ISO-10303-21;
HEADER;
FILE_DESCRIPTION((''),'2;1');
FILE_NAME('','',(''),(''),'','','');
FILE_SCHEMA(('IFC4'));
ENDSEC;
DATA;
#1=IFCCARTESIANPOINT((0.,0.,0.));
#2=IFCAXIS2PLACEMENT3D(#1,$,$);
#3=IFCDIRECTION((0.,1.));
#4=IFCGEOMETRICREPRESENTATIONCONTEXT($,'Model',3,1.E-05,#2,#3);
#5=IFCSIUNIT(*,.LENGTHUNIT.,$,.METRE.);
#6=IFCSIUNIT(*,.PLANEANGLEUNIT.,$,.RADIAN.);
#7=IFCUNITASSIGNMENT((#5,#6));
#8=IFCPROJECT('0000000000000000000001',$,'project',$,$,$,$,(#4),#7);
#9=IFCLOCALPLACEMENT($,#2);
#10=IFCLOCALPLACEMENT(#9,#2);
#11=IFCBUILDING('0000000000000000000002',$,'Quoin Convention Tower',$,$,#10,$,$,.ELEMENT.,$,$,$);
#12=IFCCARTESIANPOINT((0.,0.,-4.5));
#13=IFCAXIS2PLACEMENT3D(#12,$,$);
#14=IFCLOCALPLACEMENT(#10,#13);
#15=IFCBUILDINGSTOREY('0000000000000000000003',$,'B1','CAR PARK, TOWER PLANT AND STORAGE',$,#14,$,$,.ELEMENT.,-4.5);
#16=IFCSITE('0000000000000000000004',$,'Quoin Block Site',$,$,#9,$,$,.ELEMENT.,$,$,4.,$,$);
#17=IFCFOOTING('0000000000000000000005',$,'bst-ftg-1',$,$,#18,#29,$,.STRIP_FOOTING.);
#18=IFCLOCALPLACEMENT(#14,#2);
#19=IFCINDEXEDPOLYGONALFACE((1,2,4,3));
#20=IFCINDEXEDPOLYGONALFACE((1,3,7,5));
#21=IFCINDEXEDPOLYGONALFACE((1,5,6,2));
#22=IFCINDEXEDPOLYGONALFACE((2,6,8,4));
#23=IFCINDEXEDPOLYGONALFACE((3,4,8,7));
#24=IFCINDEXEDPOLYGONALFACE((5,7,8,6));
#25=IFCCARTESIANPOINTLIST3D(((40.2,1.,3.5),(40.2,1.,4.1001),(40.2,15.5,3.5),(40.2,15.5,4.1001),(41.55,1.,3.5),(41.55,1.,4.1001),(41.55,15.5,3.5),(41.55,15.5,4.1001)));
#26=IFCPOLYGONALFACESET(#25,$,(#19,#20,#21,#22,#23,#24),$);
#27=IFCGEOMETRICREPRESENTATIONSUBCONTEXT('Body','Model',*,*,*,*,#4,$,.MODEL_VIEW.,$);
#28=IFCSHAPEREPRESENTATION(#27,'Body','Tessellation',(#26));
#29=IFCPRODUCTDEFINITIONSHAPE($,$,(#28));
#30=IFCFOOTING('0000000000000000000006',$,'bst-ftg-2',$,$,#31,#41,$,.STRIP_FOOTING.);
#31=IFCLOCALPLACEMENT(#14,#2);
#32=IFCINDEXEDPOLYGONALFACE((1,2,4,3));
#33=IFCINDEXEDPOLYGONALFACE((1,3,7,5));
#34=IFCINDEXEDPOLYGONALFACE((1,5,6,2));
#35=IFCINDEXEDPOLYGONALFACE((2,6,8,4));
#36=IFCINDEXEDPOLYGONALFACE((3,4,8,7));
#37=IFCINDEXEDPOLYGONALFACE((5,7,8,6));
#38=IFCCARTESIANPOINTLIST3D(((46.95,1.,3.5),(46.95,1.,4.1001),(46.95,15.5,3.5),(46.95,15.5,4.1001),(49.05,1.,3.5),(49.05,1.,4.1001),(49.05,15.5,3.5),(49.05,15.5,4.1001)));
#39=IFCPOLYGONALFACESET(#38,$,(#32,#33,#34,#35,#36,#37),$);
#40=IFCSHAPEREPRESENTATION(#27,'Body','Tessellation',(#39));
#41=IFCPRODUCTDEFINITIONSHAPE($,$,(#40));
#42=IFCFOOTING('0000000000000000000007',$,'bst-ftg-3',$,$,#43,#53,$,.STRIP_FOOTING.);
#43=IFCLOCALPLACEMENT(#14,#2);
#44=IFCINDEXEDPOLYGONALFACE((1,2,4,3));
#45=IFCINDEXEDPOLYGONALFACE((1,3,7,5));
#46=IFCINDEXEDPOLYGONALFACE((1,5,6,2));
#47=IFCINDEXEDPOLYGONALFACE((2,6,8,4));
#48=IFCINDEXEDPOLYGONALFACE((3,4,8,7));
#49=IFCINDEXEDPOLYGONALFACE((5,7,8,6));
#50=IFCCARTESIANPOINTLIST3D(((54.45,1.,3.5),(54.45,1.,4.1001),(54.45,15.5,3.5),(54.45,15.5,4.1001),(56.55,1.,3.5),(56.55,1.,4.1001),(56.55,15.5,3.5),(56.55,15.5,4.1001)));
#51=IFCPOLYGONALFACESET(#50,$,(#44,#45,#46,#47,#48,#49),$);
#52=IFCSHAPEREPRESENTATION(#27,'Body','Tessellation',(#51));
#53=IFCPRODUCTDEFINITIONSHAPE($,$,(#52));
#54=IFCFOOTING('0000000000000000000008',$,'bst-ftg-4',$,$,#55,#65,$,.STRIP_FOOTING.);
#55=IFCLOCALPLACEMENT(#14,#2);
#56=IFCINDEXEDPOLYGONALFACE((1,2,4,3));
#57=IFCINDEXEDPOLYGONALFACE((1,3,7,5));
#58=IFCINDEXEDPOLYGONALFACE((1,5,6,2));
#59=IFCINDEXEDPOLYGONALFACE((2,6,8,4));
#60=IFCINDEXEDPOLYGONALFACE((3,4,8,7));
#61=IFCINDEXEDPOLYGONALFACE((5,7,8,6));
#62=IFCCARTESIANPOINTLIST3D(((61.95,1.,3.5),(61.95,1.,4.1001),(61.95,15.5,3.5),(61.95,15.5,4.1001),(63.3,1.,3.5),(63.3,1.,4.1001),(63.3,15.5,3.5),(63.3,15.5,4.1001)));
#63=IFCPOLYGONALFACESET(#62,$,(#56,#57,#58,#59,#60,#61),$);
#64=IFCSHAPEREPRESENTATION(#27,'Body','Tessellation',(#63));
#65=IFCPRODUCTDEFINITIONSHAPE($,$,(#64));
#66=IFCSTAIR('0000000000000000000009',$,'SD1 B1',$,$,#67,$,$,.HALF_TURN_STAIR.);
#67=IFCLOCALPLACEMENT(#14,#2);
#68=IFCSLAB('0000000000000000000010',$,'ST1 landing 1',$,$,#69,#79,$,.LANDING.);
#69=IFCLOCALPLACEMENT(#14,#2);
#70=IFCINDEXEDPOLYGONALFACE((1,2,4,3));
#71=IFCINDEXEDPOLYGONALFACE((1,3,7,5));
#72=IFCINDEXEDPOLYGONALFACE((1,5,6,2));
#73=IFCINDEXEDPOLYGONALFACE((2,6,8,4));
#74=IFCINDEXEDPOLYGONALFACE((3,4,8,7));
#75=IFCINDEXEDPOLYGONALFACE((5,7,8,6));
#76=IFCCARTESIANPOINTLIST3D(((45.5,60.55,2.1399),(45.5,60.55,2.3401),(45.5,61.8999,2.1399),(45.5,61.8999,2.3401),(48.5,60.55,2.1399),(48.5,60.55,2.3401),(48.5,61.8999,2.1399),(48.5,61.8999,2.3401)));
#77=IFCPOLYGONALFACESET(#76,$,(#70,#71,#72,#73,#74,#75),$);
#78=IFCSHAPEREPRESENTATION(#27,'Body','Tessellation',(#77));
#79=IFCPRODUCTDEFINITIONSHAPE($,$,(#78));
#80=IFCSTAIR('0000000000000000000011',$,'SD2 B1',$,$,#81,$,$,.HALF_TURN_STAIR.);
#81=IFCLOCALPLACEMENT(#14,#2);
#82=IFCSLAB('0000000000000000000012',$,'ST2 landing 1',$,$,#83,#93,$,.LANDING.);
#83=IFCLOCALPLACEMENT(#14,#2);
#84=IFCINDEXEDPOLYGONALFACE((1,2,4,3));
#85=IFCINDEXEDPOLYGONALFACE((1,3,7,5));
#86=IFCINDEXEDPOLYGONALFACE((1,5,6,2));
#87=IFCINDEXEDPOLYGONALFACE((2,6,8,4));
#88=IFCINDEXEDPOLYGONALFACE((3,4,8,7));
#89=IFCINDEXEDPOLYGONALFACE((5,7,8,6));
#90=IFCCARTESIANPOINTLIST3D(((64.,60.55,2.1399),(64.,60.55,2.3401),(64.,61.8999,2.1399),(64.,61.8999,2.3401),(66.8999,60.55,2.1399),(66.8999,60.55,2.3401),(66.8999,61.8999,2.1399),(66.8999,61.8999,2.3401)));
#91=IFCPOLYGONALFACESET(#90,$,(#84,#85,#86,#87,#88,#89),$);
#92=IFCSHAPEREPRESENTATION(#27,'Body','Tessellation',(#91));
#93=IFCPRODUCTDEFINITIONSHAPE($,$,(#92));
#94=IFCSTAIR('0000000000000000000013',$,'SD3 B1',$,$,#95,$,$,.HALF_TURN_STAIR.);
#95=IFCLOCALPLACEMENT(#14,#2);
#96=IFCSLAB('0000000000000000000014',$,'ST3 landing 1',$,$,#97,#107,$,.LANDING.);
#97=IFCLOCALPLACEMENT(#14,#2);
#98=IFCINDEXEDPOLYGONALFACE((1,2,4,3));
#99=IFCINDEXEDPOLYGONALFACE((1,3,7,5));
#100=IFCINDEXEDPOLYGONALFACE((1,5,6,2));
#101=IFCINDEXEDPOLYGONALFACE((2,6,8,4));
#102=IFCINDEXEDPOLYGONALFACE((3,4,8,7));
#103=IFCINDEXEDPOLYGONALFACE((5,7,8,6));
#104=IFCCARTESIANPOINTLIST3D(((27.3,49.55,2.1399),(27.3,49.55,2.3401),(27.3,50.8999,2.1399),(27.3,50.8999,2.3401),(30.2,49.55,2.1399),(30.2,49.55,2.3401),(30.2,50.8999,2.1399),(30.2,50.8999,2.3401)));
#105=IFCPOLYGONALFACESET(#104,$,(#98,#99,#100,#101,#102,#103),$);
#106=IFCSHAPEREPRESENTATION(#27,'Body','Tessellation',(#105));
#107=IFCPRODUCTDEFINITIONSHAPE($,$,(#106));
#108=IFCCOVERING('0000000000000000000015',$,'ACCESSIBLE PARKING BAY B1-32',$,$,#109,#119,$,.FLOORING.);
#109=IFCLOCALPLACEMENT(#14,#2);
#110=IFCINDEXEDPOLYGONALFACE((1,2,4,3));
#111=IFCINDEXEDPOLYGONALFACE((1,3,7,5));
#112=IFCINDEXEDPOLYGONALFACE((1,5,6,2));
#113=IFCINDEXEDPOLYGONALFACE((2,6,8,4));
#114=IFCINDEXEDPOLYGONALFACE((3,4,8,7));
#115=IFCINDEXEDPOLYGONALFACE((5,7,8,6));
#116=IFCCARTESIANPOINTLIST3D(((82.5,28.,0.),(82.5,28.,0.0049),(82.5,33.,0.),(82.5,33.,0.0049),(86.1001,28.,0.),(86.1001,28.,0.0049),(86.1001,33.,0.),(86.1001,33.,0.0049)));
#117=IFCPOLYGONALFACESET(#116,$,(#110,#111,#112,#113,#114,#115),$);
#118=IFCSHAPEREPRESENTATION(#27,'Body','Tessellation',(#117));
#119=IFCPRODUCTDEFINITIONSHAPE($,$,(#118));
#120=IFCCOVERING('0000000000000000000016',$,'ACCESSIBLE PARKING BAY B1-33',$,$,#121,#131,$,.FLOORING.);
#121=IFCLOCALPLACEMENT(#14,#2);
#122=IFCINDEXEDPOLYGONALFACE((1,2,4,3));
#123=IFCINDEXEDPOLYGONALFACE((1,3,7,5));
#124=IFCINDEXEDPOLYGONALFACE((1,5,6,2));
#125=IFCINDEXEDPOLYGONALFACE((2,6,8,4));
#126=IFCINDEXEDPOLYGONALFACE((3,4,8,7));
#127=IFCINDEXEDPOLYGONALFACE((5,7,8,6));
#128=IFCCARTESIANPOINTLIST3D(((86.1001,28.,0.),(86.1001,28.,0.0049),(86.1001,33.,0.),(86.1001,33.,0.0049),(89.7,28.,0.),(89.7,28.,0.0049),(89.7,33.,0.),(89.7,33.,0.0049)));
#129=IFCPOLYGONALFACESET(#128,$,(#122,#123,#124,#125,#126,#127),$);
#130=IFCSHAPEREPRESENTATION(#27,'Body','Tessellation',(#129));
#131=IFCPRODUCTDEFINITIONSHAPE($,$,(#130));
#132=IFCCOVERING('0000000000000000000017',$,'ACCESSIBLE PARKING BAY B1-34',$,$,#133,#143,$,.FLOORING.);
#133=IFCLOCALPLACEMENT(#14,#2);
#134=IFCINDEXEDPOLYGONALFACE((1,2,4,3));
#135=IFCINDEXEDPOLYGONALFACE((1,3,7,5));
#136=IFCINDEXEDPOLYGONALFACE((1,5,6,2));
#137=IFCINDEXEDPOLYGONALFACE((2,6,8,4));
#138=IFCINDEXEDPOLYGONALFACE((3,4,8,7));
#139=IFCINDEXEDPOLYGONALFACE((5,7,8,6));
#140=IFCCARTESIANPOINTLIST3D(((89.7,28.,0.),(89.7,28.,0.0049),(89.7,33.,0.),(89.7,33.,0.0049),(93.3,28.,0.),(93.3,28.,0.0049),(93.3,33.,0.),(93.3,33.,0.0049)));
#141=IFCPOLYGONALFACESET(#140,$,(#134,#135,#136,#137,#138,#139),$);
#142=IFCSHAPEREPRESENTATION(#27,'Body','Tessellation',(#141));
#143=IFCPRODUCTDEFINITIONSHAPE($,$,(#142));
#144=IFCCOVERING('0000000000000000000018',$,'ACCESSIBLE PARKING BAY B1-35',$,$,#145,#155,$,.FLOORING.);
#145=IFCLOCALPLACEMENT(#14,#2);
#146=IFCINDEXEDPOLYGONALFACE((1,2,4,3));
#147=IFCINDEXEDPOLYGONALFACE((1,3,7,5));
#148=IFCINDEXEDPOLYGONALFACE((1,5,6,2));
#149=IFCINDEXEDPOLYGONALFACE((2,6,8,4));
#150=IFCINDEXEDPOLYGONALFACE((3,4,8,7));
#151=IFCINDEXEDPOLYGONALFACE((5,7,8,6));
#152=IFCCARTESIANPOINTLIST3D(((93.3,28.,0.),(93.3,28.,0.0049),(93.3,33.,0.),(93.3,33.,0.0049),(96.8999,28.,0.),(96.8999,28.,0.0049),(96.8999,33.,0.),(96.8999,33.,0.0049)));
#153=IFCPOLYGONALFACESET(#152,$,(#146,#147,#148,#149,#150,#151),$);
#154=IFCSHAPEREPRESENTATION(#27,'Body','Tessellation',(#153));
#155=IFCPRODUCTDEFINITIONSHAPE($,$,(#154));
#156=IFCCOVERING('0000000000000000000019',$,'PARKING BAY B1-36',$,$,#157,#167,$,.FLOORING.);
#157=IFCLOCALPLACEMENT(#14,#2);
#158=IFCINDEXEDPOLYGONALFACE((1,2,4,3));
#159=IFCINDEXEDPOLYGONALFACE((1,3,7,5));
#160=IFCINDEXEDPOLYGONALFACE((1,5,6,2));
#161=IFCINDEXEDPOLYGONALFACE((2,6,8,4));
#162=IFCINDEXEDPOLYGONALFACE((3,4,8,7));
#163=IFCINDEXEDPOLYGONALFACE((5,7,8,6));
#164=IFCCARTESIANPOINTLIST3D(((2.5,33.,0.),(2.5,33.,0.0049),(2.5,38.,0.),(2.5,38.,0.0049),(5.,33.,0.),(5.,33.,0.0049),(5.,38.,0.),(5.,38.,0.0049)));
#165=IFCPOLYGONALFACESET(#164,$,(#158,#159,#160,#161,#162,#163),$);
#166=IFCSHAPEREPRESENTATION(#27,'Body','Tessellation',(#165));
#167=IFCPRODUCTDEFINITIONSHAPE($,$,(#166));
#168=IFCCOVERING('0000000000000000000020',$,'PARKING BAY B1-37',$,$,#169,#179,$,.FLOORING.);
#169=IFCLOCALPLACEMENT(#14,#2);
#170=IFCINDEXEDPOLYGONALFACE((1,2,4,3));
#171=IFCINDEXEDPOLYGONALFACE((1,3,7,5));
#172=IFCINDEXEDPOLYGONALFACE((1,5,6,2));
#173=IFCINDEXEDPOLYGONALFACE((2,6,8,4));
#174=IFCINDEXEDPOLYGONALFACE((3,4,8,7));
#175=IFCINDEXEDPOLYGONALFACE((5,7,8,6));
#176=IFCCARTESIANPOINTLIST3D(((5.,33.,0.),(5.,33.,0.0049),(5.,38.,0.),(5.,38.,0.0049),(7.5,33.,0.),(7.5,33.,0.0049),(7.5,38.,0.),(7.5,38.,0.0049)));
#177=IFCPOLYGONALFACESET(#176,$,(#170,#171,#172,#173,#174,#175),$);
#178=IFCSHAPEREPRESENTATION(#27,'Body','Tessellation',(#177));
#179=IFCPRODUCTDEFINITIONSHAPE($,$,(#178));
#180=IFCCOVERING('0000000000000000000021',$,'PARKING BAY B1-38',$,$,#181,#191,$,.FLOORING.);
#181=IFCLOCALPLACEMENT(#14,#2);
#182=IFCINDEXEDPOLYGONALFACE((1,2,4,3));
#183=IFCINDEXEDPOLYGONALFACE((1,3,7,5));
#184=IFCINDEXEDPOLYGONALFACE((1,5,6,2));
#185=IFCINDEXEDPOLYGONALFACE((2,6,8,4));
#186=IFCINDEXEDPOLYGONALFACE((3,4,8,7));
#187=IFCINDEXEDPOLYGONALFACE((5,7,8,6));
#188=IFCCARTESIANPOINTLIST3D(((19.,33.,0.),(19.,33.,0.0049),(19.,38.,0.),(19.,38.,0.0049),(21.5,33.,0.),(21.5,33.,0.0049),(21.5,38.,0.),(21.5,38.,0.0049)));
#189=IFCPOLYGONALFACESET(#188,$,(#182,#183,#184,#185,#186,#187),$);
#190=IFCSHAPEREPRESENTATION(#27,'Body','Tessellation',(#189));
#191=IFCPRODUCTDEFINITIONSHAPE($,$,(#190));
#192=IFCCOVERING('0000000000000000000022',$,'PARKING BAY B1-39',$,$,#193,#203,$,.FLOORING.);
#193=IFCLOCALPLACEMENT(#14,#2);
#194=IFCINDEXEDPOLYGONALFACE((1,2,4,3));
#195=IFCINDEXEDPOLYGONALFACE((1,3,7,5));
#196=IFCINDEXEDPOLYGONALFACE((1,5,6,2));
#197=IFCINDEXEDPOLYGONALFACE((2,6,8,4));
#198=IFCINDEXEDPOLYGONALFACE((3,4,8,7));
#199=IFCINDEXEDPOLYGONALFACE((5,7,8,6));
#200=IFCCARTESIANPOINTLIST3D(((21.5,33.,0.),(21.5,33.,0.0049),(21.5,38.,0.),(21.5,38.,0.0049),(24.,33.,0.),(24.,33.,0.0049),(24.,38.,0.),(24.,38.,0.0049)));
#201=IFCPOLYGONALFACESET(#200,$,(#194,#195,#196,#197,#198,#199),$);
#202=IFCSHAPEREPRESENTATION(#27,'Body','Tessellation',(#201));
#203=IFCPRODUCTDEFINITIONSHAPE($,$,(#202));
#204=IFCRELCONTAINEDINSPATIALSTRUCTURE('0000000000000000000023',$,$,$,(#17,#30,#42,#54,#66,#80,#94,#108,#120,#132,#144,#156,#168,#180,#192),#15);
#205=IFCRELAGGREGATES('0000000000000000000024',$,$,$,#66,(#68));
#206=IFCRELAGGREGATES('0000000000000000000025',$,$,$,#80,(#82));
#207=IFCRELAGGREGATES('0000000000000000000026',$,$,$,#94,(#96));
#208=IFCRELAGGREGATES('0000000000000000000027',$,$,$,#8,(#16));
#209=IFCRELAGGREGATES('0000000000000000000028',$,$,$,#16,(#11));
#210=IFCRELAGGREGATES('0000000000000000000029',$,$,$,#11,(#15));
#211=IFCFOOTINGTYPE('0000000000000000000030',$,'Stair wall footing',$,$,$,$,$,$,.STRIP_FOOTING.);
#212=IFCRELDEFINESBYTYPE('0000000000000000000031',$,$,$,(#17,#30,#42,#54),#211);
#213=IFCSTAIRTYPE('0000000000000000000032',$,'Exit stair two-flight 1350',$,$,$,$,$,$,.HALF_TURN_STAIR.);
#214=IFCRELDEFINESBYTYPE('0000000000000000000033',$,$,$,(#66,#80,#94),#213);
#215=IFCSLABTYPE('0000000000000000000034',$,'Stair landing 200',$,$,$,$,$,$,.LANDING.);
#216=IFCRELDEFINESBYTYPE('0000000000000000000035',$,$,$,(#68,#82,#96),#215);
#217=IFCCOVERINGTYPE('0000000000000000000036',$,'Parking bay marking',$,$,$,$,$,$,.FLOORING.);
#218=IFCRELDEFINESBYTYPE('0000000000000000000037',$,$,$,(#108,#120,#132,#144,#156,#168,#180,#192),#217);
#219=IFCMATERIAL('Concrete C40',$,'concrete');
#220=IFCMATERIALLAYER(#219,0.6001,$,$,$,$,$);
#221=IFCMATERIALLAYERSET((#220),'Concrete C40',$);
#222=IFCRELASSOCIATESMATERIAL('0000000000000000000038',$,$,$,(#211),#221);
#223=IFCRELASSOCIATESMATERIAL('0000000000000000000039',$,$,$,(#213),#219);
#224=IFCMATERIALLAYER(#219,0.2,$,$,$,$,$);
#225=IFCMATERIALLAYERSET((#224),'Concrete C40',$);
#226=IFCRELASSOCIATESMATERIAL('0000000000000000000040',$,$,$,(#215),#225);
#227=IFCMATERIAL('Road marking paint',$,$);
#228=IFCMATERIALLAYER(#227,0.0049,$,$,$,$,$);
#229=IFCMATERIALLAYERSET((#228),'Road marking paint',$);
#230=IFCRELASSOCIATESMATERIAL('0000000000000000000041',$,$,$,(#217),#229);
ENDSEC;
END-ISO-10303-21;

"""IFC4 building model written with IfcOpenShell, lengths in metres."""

from ifc_helpers import new_model, si_unit, direction, frame, origin, place, context, subcontext, project, spatial, polyline, outline, extrude, material, layer, layer_set, type_object, element, aggregate, save


model = new_model("IFC4")

# Units and contexts
model_context = context("Model", 3, precision=1e-05, world=origin(), true_north=direction((0.0, 1.0)))
body_context = subcontext(model_context, "Body", "Model", "MODEL_VIEW")
ifc_project = project(units=[si_unit("LENGTHUNIT", "METRE"), si_unit("PLANEANGLEUNIT", "RADIAN")], contexts=[model_context])

# Site, building, storey
site_placement = place(None, origin())
site = spatial("IfcSite", under=ifc_project, at=site_placement, Name="Quoin Block Site", CompositionType="ELEMENT", RefElevation=4.0)
building_placement = place(site_placement, origin())
building = spatial("IfcBuilding", under=site, at=building_placement, Name="Quoin Convention Tower", CompositionType="ELEMENT")
storey_placement = place(building_placement, frame((0.0, 0.0, -4.5)))
storey = spatial("IfcBuildingStorey", under=building, at=storey_placement, Name="B1", Description="CAR PARK, TOWER PLANT AND STORAGE", CompositionType="ELEMENT", Elevation=-4.5)

# Footings
ifc_material_1 = material(Name="Concrete C40", Category="concrete")
ifc_layer_1 = layer(ifc_material_1, 0.6001)
ifc_layer_set_1 = layer_set([ifc_layer_1], Name="Concrete C40")
footing_type = type_object("IfcFootingType", Name="Stair wall footing", PredefinedType="STRIP_FOOTING", material=ifc_layer_set_1)
footing_1_placement = place(storey_placement, frame((0.0, 0.0, 3.5)))
element("IfcFooting", 1, at=footing_1_placement, inside=storey, type_object=footing_type, Name="bst-ftg-1", PredefinedType="STRIP_FOOTING", context=body_context, shape_type="SweptSolid", body=[
    extrude(outline(polyline([(40.2, 1.0), (41.55, 1.0), (41.55, 15.5), (40.2, 15.5), (40.2, 1.0)])), origin(), (0.0, 0.0, 1.0), 0.6001),
])
footing_2_placement = place(storey_placement, frame((0.0, 0.0, 3.5)))
element("IfcFooting", 2, at=footing_2_placement, inside=storey, type_object=footing_type, Name="bst-ftg-2", PredefinedType="STRIP_FOOTING", context=body_context, shape_type="SweptSolid", body=[
    extrude(outline(polyline([(46.95, 1.0), (49.05, 1.0), (49.05, 15.5), (46.95, 15.5), (46.95, 1.0)])), origin(), (0.0, 0.0, 1.0), 0.6001),
])
footing_3_placement = place(storey_placement, frame((0.0, 0.0, 3.5)))
element("IfcFooting", 3, at=footing_3_placement, inside=storey, type_object=footing_type, Name="bst-ftg-3", PredefinedType="STRIP_FOOTING", context=body_context, shape_type="SweptSolid", body=[
    extrude(outline(polyline([(54.45, 1.0), (56.55, 1.0), (56.55, 15.5), (54.45, 15.5), (54.45, 1.0)])), origin(), (0.0, 0.0, 1.0), 0.6001),
])
footing_4_placement = place(storey_placement, frame((0.0, 0.0, 3.5)))
element("IfcFooting", 4, at=footing_4_placement, inside=storey, type_object=footing_type, Name="bst-ftg-4", PredefinedType="STRIP_FOOTING", context=body_context, shape_type="SweptSolid", body=[
    extrude(outline(polyline([(61.95, 1.0), (63.3, 1.0), (63.3, 15.5), (61.95, 15.5), (61.95, 1.0)])), origin(), (0.0, 0.0, 1.0), 0.6001),
])

# Stairs, slabs
stair_type = type_object("IfcStairType", Name="Exit stair two-flight 1350", PredefinedType="HALF_TURN_STAIR", material=ifc_material_1)
stair_1_placement = place(storey_placement, origin())
stair_1 = element("IfcStair", 5, at=stair_1_placement, inside=storey, type_object=stair_type, Name="SD1 B1", PredefinedType="HALF_TURN_STAIR")
ifc_layer_2 = layer(ifc_material_1, 0.2)
ifc_layer_set_2 = layer_set([ifc_layer_2], Name="Concrete C40")
slab_type = type_object("IfcSlabType", Name="Stair landing 200", PredefinedType="LANDING", material=ifc_layer_set_2)
slab_1_placement = place(storey_placement, frame((0.0, 0.0, 2.1399)))
slab_1 = element("IfcSlab", 6, at=slab_1_placement, type_object=slab_type, Name="ST1 landing 1", PredefinedType="LANDING", context=body_context, shape_type="SweptSolid", body=[
    extrude(outline(polyline([(45.5, 60.55), (48.5, 60.55), (48.5, 61.8999), (45.5, 61.8999), (45.5, 60.55)])), origin(), (0.0, 0.0, 1.0), 0.2002),
])
aggregate(stair_1, [slab_1])
stair_2_placement = place(storey_placement, origin())
stair_2 = element("IfcStair", 7, at=stair_2_placement, inside=storey, type_object=stair_type, Name="SD2 B1", PredefinedType="HALF_TURN_STAIR")
slab_2_placement = place(storey_placement, frame((0.0, 0.0, 2.1399)))
slab_2 = element("IfcSlab", 8, at=slab_2_placement, type_object=slab_type, Name="ST2 landing 1", PredefinedType="LANDING", context=body_context, shape_type="SweptSolid", body=[
    extrude(outline(polyline([(64.0, 60.55), (66.8999, 60.55), (66.8999, 61.8999), (64.0, 61.8999), (64.0, 60.55)])), origin(), (0.0, 0.0, 1.0), 0.2002),
])
aggregate(stair_2, [slab_2])
stair_3_placement = place(storey_placement, origin())
stair_3 = element("IfcStair", 9, at=stair_3_placement, inside=storey, type_object=stair_type, Name="SD3 B1", PredefinedType="HALF_TURN_STAIR")
slab_3_placement = place(storey_placement, frame((0.0, 0.0, 2.1399)))
slab_3 = element("IfcSlab", 10, at=slab_3_placement, type_object=slab_type, Name="ST3 landing 1", PredefinedType="LANDING", context=body_context, shape_type="SweptSolid", body=[
    extrude(outline(polyline([(27.3, 49.55), (30.2, 49.55), (30.2, 50.8999), (27.3, 50.8999), (27.3, 49.55)])), origin(), (0.0, 0.0, 1.0), 0.2002),
])
aggregate(stair_3, [slab_3])

# Coverings
ifc_material_2 = material(Name="Road marking paint")
ifc_layer_3 = layer(ifc_material_2, 0.0049)
ifc_layer_set_3 = layer_set([ifc_layer_3], Name="Road marking paint")
covering_type = type_object("IfcCoveringType", Name="Parking bay marking", PredefinedType="FLOORING", material=ifc_layer_set_3)
covering_1_placement = place(storey_placement, origin())
element("IfcCovering", 11, at=covering_1_placement, inside=storey, type_object=covering_type, Name="ACCESSIBLE PARKING BAY B1-32", PredefinedType="FLOORING", context=body_context, shape_type="SweptSolid", body=[
    extrude(outline(polyline([(82.5, 28.0), (86.1001, 28.0), (86.1001, 33.0), (82.5, 33.0), (82.5, 28.0)])), origin(), (0.0, 0.0, 1.0), 0.0049),
])
covering_2_placement = place(storey_placement, origin())
element("IfcCovering", 12, at=covering_2_placement, inside=storey, type_object=covering_type, Name="ACCESSIBLE PARKING BAY B1-33", PredefinedType="FLOORING", context=body_context, shape_type="SweptSolid", body=[
    extrude(outline(polyline([(86.1001, 28.0), (89.7, 28.0), (89.7, 33.0), (86.1001, 33.0), (86.1001, 28.0)])), origin(), (0.0, 0.0, 1.0), 0.0049),
])
covering_3_placement = place(storey_placement, origin())
element("IfcCovering", 13, at=covering_3_placement, inside=storey, type_object=covering_type, Name="ACCESSIBLE PARKING BAY B1-34", PredefinedType="FLOORING", context=body_context, shape_type="SweptSolid", body=[
    extrude(outline(polyline([(89.7, 28.0), (93.3, 28.0), (93.3, 33.0), (89.7, 33.0), (89.7, 28.0)])), origin(), (0.0, 0.0, 1.0), 0.0049),
])
covering_4_placement = place(storey_placement, origin())
element("IfcCovering", 14, at=covering_4_placement, inside=storey, type_object=covering_type, Name="ACCESSIBLE PARKING BAY B1-35", PredefinedType="FLOORING", context=body_context, shape_type="SweptSolid", body=[
    extrude(outline(polyline([(93.3, 28.0), (96.8999, 28.0), (96.8999, 33.0), (93.3, 33.0), (93.3, 28.0)])), origin(), (0.0, 0.0, 1.0), 0.0049),
])
covering_5_placement = place(storey_placement, origin())
element("IfcCovering", 15, at=covering_5_placement, inside=storey, type_object=covering_type, Name="PARKING BAY B1-36", PredefinedType="FLOORING", context=body_context, shape_type="SweptSolid", body=[
    extrude(outline(polyline([(2.5, 33.0), (5.0, 33.0), (5.0, 38.0), (2.5, 38.0), (2.5, 33.0)])), origin(), (0.0, 0.0, 1.0), 0.0049),
])
covering_6_placement = place(storey_placement, origin())
element("IfcCovering", 16, at=covering_6_placement, inside=storey, type_object=covering_type, Name="PARKING BAY B1-37", PredefinedType="FLOORING", context=body_context, shape_type="SweptSolid", body=[
    extrude(outline(polyline([(5.0, 33.0), (7.5, 33.0), (7.5, 38.0), (5.0, 38.0), (5.0, 33.0)])), origin(), (0.0, 0.0, 1.0), 0.0049),
])
covering_7_placement = place(storey_placement, origin())
element("IfcCovering", 17, at=covering_7_placement, inside=storey, type_object=covering_type, Name="PARKING BAY B1-38", PredefinedType="FLOORING", context=body_context, shape_type="SweptSolid", body=[
    extrude(outline(polyline([(19.0, 33.0), (21.5, 33.0), (21.5, 38.0), (19.0, 38.0), (19.0, 33.0)])), origin(), (0.0, 0.0, 1.0), 0.0049),
])
covering_8_placement = place(storey_placement, origin())
element("IfcCovering", 18, at=covering_8_placement, inside=storey, type_object=covering_type, Name="PARKING BAY B1-39", PredefinedType="FLOORING", context=body_context, shape_type="SweptSolid", body=[
    extrude(outline(polyline([(21.5, 33.0), (24.0, 33.0), (24.0, 38.0), (21.5, 38.0), (21.5, 33.0)])), origin(), (0.0, 0.0, 1.0), 0.0049),
])

save(model, "model.ifc")
